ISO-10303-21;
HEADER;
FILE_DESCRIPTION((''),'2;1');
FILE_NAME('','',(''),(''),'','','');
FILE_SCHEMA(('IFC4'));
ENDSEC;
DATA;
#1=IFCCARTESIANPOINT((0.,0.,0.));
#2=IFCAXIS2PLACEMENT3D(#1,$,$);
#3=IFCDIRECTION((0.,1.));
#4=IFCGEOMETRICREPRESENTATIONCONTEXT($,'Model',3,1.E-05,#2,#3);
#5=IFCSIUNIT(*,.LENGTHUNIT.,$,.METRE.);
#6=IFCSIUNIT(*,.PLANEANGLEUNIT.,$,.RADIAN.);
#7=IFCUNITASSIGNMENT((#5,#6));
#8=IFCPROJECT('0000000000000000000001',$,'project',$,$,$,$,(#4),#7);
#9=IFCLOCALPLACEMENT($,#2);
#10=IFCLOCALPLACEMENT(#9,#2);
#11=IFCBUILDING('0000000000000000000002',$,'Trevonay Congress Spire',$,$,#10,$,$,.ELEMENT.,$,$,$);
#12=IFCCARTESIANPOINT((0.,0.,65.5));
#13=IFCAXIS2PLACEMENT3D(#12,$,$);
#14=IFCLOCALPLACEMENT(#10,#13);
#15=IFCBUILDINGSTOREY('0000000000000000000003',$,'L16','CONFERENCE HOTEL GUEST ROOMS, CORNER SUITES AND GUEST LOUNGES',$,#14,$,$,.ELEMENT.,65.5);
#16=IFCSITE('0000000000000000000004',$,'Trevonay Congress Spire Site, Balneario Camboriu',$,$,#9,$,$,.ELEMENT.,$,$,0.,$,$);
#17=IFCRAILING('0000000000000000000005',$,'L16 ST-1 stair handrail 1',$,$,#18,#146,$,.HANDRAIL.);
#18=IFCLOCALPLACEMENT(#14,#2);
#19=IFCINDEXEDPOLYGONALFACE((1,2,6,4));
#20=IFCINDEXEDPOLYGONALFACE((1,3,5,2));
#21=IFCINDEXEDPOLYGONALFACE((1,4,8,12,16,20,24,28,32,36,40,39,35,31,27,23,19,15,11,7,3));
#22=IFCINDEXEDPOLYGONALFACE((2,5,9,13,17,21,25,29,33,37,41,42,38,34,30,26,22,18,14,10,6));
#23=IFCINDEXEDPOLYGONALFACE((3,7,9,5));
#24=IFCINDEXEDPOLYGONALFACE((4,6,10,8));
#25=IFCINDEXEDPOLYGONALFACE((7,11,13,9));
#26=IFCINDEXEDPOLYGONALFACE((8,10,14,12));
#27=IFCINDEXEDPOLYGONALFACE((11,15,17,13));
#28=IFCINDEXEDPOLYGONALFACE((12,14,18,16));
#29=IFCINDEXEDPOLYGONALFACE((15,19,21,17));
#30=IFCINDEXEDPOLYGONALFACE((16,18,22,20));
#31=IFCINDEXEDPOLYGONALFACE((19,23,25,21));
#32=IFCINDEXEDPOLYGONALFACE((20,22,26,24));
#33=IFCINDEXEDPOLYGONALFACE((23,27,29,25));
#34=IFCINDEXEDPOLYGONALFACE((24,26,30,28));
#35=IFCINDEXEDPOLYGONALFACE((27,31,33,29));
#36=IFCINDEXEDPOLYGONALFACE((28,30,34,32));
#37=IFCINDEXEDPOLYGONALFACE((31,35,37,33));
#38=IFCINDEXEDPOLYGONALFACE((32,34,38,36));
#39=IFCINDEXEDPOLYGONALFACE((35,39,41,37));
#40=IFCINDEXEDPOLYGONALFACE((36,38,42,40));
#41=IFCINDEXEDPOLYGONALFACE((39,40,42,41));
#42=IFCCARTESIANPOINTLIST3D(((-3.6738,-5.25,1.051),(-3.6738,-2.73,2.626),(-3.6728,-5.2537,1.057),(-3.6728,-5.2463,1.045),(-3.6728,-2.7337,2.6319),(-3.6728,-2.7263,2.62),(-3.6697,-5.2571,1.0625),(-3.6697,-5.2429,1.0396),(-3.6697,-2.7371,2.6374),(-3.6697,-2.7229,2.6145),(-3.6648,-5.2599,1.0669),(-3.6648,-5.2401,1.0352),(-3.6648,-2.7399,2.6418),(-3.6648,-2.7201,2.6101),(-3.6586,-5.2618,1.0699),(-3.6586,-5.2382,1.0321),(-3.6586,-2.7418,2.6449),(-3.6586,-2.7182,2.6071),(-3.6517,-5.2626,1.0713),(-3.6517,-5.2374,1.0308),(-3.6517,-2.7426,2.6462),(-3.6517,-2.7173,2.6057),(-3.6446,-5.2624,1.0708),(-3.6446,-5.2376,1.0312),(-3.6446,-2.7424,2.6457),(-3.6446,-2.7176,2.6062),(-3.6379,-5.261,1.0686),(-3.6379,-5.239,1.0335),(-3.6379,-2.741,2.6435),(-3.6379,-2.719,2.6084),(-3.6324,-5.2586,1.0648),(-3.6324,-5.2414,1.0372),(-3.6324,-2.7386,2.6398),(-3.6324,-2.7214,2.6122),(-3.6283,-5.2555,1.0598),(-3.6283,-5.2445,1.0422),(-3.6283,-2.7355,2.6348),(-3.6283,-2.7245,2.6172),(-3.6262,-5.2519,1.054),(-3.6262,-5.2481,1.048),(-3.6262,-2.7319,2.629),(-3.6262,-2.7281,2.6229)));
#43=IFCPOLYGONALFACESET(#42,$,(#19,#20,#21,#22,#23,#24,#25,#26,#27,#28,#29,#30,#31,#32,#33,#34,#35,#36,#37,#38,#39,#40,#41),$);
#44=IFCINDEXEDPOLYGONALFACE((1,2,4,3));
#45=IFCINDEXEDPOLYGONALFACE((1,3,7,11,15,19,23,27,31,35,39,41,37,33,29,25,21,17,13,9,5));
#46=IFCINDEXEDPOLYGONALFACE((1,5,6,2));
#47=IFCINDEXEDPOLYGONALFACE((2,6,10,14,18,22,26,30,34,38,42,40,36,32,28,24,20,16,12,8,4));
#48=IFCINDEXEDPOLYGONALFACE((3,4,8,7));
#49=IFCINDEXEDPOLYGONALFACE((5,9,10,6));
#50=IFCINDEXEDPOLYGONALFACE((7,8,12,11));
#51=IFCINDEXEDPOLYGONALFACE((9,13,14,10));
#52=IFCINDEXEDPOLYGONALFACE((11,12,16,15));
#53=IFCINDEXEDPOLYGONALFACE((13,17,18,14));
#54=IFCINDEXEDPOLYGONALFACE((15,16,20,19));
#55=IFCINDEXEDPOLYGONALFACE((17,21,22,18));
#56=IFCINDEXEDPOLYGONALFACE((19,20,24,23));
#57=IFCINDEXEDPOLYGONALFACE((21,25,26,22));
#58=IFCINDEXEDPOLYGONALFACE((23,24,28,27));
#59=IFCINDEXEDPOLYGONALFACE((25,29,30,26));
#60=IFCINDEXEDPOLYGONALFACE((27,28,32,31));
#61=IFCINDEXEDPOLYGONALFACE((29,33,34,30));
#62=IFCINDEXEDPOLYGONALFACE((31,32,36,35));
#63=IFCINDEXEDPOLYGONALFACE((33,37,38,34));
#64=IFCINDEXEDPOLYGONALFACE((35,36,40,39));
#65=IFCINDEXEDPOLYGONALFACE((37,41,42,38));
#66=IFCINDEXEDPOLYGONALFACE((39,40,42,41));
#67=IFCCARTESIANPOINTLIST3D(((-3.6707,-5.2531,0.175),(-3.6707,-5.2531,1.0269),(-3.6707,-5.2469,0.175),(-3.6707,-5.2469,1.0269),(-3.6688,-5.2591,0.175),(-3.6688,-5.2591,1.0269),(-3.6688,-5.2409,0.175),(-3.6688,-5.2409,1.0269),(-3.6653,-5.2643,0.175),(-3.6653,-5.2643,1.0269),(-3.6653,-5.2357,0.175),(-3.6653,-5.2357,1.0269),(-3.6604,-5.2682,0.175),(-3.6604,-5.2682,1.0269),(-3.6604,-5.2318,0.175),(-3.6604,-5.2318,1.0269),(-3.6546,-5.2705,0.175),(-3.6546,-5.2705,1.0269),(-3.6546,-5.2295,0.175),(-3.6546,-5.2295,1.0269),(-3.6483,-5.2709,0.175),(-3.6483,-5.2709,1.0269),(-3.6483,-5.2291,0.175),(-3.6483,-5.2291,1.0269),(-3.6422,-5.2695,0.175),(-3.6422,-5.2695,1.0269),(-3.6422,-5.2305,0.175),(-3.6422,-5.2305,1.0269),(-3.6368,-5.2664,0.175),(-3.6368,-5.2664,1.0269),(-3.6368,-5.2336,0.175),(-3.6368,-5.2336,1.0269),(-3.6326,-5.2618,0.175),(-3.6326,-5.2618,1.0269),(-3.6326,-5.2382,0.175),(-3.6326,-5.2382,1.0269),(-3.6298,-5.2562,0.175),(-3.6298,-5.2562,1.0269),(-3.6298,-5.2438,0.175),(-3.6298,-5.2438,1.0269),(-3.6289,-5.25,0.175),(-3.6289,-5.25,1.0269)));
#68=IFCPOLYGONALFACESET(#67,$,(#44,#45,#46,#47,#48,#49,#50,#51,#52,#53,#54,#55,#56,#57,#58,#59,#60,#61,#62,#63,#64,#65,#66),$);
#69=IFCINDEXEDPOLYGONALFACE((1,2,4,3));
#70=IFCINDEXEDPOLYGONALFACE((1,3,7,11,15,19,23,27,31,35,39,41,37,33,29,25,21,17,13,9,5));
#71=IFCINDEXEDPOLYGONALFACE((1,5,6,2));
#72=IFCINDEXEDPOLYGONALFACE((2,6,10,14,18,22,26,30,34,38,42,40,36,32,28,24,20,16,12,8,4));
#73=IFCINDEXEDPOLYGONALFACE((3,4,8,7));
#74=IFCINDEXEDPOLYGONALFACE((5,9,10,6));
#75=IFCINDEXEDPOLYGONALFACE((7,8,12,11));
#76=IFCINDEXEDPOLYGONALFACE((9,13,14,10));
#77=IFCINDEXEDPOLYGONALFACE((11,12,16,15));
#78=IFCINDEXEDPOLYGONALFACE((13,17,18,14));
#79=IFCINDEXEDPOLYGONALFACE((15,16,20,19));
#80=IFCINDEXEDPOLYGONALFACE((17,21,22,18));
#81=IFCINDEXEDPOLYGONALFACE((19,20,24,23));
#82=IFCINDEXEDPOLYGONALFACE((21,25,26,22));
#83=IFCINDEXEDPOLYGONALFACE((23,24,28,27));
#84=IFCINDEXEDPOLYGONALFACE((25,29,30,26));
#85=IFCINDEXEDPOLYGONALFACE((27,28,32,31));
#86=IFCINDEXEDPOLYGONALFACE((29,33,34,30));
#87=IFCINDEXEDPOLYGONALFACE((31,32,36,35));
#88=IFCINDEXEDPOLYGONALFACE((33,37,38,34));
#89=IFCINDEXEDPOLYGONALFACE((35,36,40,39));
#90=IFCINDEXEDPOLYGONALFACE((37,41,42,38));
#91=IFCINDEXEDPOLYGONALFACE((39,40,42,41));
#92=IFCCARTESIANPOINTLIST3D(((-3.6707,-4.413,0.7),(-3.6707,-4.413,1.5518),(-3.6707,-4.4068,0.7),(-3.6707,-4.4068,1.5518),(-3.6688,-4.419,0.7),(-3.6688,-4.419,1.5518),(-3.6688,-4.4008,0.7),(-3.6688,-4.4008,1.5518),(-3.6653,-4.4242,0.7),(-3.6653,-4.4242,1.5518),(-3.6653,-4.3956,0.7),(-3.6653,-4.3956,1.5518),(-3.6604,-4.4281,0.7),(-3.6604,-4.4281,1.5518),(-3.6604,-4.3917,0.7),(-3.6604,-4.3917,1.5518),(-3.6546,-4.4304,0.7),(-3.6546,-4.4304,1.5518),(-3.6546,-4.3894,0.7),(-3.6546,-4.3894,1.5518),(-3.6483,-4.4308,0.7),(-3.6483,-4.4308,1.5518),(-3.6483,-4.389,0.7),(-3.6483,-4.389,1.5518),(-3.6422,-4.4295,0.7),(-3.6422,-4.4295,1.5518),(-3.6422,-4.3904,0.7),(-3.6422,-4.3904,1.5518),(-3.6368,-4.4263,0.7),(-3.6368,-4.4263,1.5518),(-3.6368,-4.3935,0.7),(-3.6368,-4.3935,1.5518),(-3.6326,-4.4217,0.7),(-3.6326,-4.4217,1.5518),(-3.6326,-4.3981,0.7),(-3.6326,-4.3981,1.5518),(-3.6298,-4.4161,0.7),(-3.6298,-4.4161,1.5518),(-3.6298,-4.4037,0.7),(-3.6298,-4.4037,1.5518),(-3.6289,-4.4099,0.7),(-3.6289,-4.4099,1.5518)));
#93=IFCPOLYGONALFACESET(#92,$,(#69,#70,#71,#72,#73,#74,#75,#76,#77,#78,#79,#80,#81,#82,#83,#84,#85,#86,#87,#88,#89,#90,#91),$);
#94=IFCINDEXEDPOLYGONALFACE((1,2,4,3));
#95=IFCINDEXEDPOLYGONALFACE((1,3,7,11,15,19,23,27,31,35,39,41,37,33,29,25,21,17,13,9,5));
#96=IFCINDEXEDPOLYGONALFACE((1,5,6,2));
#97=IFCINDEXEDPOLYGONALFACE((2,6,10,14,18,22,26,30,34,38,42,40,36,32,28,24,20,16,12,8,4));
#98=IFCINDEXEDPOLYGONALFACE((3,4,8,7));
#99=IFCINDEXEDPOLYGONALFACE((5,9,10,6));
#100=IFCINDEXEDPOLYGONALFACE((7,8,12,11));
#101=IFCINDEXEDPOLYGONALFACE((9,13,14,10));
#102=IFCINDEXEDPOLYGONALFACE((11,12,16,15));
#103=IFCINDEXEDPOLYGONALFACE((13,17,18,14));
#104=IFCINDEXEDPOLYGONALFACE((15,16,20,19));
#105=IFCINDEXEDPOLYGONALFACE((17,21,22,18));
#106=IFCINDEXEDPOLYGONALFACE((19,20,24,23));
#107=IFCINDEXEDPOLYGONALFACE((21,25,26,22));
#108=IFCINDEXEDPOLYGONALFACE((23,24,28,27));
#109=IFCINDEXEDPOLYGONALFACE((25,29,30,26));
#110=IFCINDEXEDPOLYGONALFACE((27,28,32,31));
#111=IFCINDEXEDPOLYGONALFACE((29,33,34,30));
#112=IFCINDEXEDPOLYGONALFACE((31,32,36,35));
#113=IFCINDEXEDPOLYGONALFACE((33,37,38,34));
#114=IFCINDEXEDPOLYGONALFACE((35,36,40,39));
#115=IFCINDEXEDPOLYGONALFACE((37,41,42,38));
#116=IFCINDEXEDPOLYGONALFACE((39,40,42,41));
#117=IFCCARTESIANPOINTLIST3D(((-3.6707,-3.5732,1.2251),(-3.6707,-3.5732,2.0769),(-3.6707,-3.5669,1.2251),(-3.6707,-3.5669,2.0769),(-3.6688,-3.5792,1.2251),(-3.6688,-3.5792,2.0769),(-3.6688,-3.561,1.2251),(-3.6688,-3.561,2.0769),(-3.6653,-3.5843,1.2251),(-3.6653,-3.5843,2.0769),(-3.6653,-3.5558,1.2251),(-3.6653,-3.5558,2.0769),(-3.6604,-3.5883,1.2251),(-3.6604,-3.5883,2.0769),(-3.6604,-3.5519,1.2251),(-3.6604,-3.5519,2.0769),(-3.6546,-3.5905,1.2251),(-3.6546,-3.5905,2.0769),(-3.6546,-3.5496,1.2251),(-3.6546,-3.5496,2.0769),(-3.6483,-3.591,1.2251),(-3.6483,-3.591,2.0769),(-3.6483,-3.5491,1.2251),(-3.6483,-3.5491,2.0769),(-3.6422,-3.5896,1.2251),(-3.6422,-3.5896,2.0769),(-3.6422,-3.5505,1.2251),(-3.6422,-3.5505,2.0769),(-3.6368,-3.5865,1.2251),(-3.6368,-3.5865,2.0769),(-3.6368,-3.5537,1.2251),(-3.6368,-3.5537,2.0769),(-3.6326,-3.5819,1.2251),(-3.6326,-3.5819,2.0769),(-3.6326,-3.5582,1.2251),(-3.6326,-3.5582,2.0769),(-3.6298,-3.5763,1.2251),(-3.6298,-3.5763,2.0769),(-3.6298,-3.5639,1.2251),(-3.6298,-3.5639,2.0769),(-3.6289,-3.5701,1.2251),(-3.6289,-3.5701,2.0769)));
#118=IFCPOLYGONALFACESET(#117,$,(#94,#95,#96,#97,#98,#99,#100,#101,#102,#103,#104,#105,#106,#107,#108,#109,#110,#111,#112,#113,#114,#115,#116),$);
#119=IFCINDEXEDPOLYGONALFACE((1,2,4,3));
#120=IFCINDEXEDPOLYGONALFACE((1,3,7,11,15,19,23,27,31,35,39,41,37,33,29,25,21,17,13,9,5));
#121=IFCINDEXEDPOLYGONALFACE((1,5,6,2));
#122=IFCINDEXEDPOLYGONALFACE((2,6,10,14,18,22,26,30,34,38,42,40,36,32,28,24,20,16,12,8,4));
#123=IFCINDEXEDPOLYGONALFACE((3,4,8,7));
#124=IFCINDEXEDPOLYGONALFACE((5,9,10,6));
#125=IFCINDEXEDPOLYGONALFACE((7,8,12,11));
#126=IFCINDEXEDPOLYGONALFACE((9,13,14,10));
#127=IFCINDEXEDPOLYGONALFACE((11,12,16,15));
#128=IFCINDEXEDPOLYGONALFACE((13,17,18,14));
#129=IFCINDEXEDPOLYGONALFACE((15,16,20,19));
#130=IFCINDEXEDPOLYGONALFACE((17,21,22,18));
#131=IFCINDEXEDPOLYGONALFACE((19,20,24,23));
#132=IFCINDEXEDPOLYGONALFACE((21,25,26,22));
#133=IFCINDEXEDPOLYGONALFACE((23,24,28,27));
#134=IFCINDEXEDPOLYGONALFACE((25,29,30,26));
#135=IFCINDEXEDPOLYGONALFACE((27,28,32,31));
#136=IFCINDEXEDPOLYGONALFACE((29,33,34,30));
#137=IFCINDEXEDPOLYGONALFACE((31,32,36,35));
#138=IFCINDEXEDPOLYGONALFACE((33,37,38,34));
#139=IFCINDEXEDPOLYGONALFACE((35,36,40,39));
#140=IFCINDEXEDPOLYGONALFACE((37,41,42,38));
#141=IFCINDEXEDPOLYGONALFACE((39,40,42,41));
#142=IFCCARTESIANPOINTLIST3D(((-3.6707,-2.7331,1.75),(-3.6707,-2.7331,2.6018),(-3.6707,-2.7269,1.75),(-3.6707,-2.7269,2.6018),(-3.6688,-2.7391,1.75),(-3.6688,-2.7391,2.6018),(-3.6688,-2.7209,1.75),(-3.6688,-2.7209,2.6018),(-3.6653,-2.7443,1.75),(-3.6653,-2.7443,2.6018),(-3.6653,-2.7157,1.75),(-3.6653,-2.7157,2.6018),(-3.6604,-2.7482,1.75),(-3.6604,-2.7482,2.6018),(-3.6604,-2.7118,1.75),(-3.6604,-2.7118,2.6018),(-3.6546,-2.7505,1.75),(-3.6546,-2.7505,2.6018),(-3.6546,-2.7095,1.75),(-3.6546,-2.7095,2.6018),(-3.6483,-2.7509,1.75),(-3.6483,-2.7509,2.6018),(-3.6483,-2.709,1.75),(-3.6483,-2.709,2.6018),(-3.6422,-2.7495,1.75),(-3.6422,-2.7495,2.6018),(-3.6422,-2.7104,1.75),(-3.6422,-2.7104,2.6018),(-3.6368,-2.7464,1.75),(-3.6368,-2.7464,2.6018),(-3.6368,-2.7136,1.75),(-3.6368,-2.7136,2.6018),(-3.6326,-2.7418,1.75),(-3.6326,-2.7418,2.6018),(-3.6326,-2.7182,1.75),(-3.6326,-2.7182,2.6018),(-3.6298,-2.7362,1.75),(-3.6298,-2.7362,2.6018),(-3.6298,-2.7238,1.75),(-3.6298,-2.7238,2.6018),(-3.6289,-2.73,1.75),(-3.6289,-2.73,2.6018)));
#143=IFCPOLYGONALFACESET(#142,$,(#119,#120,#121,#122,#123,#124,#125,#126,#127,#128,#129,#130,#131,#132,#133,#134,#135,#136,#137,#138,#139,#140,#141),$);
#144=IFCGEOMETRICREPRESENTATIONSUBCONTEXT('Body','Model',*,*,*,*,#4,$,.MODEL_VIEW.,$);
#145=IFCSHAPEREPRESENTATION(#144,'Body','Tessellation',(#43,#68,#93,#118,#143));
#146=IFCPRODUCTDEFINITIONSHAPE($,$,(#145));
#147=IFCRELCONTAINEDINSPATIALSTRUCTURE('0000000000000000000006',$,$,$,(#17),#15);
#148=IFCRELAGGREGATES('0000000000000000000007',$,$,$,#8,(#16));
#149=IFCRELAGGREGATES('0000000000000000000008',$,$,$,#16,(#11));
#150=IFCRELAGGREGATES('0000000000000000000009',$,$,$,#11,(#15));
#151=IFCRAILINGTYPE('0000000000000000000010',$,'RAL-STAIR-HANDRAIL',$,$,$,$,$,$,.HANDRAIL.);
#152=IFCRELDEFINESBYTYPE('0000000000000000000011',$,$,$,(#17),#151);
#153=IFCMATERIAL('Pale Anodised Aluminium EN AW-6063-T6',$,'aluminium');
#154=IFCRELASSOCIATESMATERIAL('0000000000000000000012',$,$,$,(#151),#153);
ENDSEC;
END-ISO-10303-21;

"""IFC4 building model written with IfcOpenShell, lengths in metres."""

from ifc_helpers import new_model, si_unit, direction, frame, origin, origin_2d, place, context, subcontext, project, spatial, circle, extrude, material, type_object, element, save


model = new_model("IFC4")

# Units and contexts
model_context = context("Model", 3, precision=1e-05, world=origin(), true_north=direction((0.0, 1.0)))
body_context = subcontext(model_context, "Body", "Model", "MODEL_VIEW")
ifc_project = project(units=[si_unit("LENGTHUNIT", "METRE"), si_unit("PLANEANGLEUNIT", "RADIAN")], contexts=[model_context])

# Site, building, storey
site_placement = place(None, origin())
site = spatial("IfcSite", under=ifc_project, at=site_placement, Name="Trevonay Congress Spire Site, Balneario Camboriu", CompositionType="ELEMENT", RefElevation=0.0)
building_placement = place(site_placement, origin())
building = spatial("IfcBuilding", under=site, at=building_placement, Name="Trevonay Congress Spire", CompositionType="ELEMENT")
storey_placement = place(building_placement, frame((0.0, 0.0, 65.5)))
storey = spatial("IfcBuildingStorey", under=building, at=storey_placement, Name="L16", Description="CONFERENCE HOTEL GUEST ROOMS, CORNER SUITES AND GUEST LOUNGES", CompositionType="ELEMENT", Elevation=65.5)

# Shared definitions
ifc_material_1 = material(Name="Pale Anodised Aluminium EN AW-6063-T6", Category="aluminium")

# Railing
railing_type_1 = type_object("IfcRailingType", Name="RAL-STAIR-HANDRAIL", PredefinedType="HANDRAIL", material=ifc_material_1)
railing_1_placement = place(storey_placement, frame((-3.6499, -5.25, 0.175)))
element("IfcRailing", 1, at=railing_1_placement, inside=storey, type_object=railing_type_1, Name="L16 ST-1 stair handrail 1", PredefinedType="HANDRAIL", context=body_context, shape_type="SweptSolid", body=[
    extrude(circle(Radius=0.0239, at=origin_2d()), frame((0.0, 0.0, 0.876), z_axis=(0.0, 0.848008, 0.529984), x_axis=(-1.0, 0.0, 0.0)), (0.0, 0.0, 1.0), 2.9717),
    extrude(circle(Radius=0.021, at=origin_2d()), origin(), (0.0, 0.0, 1.0), 0.8518),
    extrude(circle(Radius=0.021, at=origin_2d()), frame((0.0, 0.8401, 0.5249)), (0.0, 0.0, 1.0), 0.8518),
    extrude(circle(Radius=0.021, at=origin_2d()), frame((0.0, 1.6799, 1.05)), (0.0, 0.0, 1.0), 0.8518),
    extrude(circle(Radius=0.021, at=origin_2d()), frame((0.0, 2.52, 1.575)), (0.0, 0.0, 1.0), 0.8518),
])

save(model, "model.ifc")
